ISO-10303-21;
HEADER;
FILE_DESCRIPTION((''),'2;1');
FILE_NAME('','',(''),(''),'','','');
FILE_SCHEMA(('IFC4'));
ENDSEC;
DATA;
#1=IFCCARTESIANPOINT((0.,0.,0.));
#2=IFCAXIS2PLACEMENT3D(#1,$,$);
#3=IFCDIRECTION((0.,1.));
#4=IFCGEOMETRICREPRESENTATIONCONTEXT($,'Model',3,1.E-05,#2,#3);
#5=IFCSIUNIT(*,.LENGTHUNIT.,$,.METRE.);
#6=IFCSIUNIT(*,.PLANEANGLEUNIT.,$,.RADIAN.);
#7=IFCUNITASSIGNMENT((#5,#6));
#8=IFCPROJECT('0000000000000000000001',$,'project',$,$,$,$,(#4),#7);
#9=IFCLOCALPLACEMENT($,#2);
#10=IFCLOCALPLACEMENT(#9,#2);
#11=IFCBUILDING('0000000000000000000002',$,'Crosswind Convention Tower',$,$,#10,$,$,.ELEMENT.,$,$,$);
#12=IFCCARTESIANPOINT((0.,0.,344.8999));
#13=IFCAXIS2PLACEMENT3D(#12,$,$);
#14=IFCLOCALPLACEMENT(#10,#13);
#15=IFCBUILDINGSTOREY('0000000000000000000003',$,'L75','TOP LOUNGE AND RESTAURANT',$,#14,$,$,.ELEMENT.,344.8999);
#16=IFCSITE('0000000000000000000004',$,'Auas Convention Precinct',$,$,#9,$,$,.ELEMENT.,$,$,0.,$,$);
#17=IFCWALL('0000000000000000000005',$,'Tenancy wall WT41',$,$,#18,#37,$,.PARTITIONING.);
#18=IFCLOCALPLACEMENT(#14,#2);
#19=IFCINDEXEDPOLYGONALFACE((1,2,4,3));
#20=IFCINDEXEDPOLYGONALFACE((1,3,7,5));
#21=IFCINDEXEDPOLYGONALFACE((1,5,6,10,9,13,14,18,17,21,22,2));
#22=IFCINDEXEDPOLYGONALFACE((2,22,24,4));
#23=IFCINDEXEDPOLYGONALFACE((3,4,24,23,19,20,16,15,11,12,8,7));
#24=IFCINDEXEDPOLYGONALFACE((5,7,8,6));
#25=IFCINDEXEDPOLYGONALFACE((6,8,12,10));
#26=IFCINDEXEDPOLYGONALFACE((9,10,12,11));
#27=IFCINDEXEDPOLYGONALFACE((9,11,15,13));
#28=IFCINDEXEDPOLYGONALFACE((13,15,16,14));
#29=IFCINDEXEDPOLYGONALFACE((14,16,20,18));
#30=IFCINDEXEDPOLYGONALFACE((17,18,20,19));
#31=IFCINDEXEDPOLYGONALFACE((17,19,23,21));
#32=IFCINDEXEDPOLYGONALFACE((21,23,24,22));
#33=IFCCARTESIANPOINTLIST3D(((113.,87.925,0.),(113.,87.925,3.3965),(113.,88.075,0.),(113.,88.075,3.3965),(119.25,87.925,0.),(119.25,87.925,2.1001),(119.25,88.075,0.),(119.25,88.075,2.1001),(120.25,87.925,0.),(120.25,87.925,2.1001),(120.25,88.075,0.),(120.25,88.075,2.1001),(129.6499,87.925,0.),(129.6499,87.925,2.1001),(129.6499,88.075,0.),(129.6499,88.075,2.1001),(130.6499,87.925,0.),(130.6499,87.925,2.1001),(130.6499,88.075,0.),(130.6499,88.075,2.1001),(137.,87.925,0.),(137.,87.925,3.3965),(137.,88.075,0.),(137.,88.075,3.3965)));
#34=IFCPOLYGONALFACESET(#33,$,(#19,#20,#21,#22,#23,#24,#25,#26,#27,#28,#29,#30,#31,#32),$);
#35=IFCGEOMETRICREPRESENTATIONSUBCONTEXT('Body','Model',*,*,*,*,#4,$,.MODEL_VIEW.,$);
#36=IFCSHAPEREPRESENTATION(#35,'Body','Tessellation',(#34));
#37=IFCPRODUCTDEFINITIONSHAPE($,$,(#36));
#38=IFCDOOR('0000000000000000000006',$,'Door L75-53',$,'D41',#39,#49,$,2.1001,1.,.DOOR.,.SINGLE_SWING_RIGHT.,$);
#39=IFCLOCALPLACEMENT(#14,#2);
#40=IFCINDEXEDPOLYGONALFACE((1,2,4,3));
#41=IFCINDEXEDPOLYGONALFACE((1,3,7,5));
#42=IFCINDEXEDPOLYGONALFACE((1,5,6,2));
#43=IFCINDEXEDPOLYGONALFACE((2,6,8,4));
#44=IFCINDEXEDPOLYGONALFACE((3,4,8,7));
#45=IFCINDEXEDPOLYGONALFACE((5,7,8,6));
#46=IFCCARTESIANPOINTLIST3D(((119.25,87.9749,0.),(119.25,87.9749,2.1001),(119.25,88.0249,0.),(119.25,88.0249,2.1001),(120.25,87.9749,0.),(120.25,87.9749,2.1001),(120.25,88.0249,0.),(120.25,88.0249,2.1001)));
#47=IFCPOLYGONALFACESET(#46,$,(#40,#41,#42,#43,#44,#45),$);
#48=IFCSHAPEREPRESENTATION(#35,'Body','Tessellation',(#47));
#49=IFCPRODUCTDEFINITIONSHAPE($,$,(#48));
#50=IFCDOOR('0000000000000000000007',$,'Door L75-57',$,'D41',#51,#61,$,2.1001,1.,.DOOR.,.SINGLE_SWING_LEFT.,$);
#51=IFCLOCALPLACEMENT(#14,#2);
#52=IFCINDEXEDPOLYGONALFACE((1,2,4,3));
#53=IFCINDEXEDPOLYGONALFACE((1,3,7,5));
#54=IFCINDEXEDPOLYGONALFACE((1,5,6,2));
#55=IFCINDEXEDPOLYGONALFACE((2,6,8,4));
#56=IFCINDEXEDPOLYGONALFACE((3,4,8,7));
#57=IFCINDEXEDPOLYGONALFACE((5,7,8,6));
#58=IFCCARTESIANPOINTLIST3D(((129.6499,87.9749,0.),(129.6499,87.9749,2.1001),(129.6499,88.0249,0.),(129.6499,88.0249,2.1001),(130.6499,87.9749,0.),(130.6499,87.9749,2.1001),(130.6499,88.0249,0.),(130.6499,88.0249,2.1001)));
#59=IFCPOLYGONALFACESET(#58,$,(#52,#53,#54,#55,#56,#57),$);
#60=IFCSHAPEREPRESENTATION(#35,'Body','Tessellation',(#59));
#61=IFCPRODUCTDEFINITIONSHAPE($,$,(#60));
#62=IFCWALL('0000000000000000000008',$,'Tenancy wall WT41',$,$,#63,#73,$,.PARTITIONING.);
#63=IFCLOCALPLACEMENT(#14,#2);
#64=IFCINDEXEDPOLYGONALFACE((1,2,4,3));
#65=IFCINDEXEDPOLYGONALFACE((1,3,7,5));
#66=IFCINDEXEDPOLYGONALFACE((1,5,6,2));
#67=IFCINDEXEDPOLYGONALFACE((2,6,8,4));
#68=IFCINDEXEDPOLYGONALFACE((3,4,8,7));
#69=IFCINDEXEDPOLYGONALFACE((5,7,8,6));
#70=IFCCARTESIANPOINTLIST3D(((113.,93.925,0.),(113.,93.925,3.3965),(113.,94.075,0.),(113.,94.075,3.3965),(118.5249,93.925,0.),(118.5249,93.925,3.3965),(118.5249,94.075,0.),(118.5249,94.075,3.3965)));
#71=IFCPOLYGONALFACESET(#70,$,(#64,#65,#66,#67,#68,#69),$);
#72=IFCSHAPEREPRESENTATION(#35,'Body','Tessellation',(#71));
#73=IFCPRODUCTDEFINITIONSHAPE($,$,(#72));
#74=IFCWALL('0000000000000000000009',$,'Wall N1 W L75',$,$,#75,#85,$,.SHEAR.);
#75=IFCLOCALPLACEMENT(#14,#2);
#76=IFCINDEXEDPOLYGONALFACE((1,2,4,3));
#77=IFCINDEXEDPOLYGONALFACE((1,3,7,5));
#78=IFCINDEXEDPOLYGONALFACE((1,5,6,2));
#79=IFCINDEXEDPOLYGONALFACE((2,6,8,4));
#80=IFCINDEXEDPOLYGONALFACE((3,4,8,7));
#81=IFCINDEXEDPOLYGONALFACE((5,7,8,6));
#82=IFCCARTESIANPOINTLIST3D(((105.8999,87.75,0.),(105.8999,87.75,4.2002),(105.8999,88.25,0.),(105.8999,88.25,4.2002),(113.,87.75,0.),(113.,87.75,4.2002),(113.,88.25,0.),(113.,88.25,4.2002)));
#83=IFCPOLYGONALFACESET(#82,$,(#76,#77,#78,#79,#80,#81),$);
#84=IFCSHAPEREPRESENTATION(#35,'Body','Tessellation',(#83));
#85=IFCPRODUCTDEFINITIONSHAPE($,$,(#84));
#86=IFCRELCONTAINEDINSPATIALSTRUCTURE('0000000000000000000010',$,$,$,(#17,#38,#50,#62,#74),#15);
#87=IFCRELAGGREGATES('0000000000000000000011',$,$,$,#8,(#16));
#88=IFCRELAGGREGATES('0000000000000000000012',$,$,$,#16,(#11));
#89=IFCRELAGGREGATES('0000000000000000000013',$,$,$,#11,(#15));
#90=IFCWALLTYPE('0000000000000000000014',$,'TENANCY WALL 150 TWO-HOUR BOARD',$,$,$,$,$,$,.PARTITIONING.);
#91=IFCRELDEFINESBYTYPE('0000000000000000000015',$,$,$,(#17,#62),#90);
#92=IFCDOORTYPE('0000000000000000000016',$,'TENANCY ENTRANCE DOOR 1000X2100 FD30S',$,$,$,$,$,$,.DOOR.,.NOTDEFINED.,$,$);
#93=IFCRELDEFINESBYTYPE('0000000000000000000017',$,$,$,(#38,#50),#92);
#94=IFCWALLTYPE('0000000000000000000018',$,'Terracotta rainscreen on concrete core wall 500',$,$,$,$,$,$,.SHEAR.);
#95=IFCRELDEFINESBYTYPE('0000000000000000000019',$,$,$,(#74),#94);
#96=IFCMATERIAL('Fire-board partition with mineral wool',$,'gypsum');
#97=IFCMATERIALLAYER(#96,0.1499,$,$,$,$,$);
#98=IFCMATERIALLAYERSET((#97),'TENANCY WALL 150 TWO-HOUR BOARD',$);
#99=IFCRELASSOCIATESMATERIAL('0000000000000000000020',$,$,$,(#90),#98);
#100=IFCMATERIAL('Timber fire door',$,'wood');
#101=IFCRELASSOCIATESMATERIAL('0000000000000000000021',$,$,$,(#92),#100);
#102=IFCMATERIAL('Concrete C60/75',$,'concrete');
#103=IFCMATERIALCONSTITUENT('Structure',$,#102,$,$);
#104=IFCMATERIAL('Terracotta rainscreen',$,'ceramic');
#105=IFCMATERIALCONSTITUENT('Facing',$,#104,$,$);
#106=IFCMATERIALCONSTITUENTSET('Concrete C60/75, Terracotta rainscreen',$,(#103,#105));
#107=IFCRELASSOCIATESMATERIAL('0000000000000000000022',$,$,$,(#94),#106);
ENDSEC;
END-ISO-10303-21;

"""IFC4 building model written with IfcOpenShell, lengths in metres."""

from ifc_helpers import new_model, si_unit, direction, frame, frame_2d, origin, place, context, subcontext, project, spatial, rectangle, extrude, material, layer, layer_set, constituent, constituent_set, type_object, element, fill, save


model = new_model("IFC4")

# Units and contexts
model_context = context("Model", 3, precision=1e-05, world=origin(), true_north=direction((0.0, 1.0)))
body_context = subcontext(model_context, "Body", "Model", "MODEL_VIEW")
ifc_project = project(units=[si_unit("LENGTHUNIT", "METRE"), si_unit("PLANEANGLEUNIT", "RADIAN")], contexts=[model_context])

# Site, building, storey
site_placement = place(None, origin())
site = spatial("IfcSite", under=ifc_project, at=site_placement, Name="Auas Convention Precinct", CompositionType="ELEMENT", RefElevation=0.0)
building_placement = place(site_placement, origin())
building = spatial("IfcBuilding", under=site, at=building_placement, Name="Crosswind Convention Tower", CompositionType="ELEMENT")
storey_placement = place(building_placement, frame((0.0, 0.0, 344.8999)))
storey = spatial("IfcBuildingStorey", under=building, at=storey_placement, Name="L75", Description="TOP LOUNGE AND RESTAURANT", CompositionType="ELEMENT", Elevation=344.8999)

# Shared definitions
ifc_material_1 = material(Name="Concrete C60/75", Category="concrete")

# Shared definitions
ifc_material_2 = material(Name="Fire-board partition with mineral wool", Category="gypsum")
ifc_layer_1 = layer(ifc_material_2, 0.1499)
ifc_layer_set_1 = layer_set([ifc_layer_1], Name="TENANCY WALL 150 TWO-HOUR BOARD")
wall_type_1 = type_object("IfcWallType", Name="TENANCY WALL 150 TWO-HOUR BOARD", PredefinedType="PARTITIONING", material=ifc_layer_set_1)
ifc_material_3 = material(Name="Timber fire door", Category="wood")
door_type_1 = type_object("IfcDoorType", Name="TENANCY ENTRANCE DOOR 1000X2100 FD30S", OperationType="NOTDEFINED", PredefinedType="DOOR", material=ifc_material_3)

# Wall, openings, doors
wall_1_placement = place(storey_placement, frame((113.0, 88.0, 0.0), z_axis=(0.0, 0.0, 1.0), x_axis=(1.0, 0.0, 0.0)))
wall_1 = element("IfcWall", 1, at=wall_1_placement, inside=storey, type_object=wall_type_1, Name="Tenancy wall WT41", PredefinedType="PARTITIONING", context=body_context, shape_type="SweptSolid", body=[
    extrude(rectangle(XDim=24.0, YDim=0.1499, at=frame_2d((12.0, 0.0))), origin(), (0.0, 0.0, 1.0), 3.3965),
])
opening_1_placement = place(wall_1_placement, frame((6.25, 0.0, 0.0)))
opening_1 = element("IfcOpeningElement", 2, at=opening_1_placement, cuts=wall_1, PredefinedType="OPENING", context=body_context, shape_type="SweptSolid", body=[
    extrude(rectangle(XDim=1.0, YDim=2.1001, at=frame_2d((0.5, 1.05))), frame((0.0, 0.085, 0.0), z_axis=(0.0, -1.0, 0.0), x_axis=(1.0, 0.0, 0.0)), (0.0, 0.0, 1.0), 0.1699),
])
opening_2_placement = place(wall_1_placement, frame((16.6499, 0.0, 0.0)))
opening_2 = element("IfcOpeningElement", 3, at=opening_2_placement, cuts=wall_1, PredefinedType="OPENING", context=body_context, shape_type="SweptSolid", body=[
    extrude(rectangle(XDim=1.0, YDim=2.1001, at=frame_2d((0.5, 1.05))), frame((0.0, 0.085, 0.0), z_axis=(0.0, -1.0, 0.0), x_axis=(1.0, 0.0, 0.0)), (0.0, 0.0, 1.0), 0.1699),
])
door_1_placement = place(opening_1_placement, origin())
door_1 = element("IfcDoor", 4, at=door_1_placement, inside=storey, type_object=door_type_1, Name="Door L75-53", ObjectType="D41", OperationType="SINGLE_SWING_RIGHT", OverallHeight=2.1001, OverallWidth=1.0, PredefinedType="DOOR", context=body_context, shape_type="SweptSolid", body=[
    extrude(rectangle(XDim=1.0, YDim=2.1001, at=frame_2d((0.5, 1.05))), frame((0.0, 0.0249, 0.0), z_axis=(0.0, -1.0, 0.0), x_axis=(1.0, 0.0, 0.0)), (0.0, 0.0, 1.0), 0.05),
])
fill(opening_1, door_1)
door_2_placement = place(opening_2_placement, origin())
door_2 = element("IfcDoor", 5, at=door_2_placement, inside=storey, type_object=door_type_1, Name="Door L75-57", ObjectType="D41", OperationType="SINGLE_SWING_LEFT", OverallHeight=2.1001, OverallWidth=1.0, PredefinedType="DOOR", context=body_context, shape_type="SweptSolid", body=[
    extrude(rectangle(XDim=1.0, YDim=2.1001, at=frame_2d((0.5, 1.05))), frame((0.0, 0.0249, 0.0), z_axis=(0.0, -1.0, 0.0), x_axis=(1.0, 0.0, 0.0)), (0.0, 0.0, 1.0), 0.05),
])
fill(opening_2, door_2)

# Walls
wall_2_placement = place(storey_placement, frame((113.0, 94.0, 0.0), z_axis=(0.0, 0.0, 1.0), x_axis=(1.0, 0.0, 0.0)))
element("IfcWall", 6, at=wall_2_placement, inside=storey, type_object=wall_type_1, Name="Tenancy wall WT41", PredefinedType="PARTITIONING", context=body_context, shape_type="SweptSolid", body=[
    extrude(rectangle(XDim=5.5249, YDim=0.1499, at=frame_2d((2.7625, 0.0))), origin(), (0.0, 0.0, 1.0), 3.3965),
])
ifc_constituent_1 = constituent(ifc_material_1, Name="Structure")
ifc_material_4 = material(Name="Terracotta rainscreen", Category="ceramic")
ifc_constituent_2 = constituent(ifc_material_4, Name="Facing")
ifc_constituent_set = constituent_set(constituents=[ifc_constituent_1, ifc_constituent_2], Name="Concrete C60/75, Terracotta rainscreen")
wall_type_2 = type_object("IfcWallType", Name="Terracotta rainscreen on concrete core wall 500", PredefinedType="SHEAR", material=ifc_constituent_set)
wall_3_placement = place(storey_placement, frame((113.0, 88.0, 0.0), z_axis=(0.0, 0.0, 1.0), x_axis=(-1.0, 0.0, 0.0)))
element("IfcWall", 7, at=wall_3_placement, inside=storey, type_object=wall_type_2, Name="Wall N1 W L75", PredefinedType="SHEAR", context=body_context, shape_type="SweptSolid", body=[
    extrude(rectangle(XDim=7.1001, YDim=0.5, at=frame_2d((3.55, 0.0))), origin(), (0.0, 0.0, 1.0), 4.2002),
])

save(model, "model.ifc")
